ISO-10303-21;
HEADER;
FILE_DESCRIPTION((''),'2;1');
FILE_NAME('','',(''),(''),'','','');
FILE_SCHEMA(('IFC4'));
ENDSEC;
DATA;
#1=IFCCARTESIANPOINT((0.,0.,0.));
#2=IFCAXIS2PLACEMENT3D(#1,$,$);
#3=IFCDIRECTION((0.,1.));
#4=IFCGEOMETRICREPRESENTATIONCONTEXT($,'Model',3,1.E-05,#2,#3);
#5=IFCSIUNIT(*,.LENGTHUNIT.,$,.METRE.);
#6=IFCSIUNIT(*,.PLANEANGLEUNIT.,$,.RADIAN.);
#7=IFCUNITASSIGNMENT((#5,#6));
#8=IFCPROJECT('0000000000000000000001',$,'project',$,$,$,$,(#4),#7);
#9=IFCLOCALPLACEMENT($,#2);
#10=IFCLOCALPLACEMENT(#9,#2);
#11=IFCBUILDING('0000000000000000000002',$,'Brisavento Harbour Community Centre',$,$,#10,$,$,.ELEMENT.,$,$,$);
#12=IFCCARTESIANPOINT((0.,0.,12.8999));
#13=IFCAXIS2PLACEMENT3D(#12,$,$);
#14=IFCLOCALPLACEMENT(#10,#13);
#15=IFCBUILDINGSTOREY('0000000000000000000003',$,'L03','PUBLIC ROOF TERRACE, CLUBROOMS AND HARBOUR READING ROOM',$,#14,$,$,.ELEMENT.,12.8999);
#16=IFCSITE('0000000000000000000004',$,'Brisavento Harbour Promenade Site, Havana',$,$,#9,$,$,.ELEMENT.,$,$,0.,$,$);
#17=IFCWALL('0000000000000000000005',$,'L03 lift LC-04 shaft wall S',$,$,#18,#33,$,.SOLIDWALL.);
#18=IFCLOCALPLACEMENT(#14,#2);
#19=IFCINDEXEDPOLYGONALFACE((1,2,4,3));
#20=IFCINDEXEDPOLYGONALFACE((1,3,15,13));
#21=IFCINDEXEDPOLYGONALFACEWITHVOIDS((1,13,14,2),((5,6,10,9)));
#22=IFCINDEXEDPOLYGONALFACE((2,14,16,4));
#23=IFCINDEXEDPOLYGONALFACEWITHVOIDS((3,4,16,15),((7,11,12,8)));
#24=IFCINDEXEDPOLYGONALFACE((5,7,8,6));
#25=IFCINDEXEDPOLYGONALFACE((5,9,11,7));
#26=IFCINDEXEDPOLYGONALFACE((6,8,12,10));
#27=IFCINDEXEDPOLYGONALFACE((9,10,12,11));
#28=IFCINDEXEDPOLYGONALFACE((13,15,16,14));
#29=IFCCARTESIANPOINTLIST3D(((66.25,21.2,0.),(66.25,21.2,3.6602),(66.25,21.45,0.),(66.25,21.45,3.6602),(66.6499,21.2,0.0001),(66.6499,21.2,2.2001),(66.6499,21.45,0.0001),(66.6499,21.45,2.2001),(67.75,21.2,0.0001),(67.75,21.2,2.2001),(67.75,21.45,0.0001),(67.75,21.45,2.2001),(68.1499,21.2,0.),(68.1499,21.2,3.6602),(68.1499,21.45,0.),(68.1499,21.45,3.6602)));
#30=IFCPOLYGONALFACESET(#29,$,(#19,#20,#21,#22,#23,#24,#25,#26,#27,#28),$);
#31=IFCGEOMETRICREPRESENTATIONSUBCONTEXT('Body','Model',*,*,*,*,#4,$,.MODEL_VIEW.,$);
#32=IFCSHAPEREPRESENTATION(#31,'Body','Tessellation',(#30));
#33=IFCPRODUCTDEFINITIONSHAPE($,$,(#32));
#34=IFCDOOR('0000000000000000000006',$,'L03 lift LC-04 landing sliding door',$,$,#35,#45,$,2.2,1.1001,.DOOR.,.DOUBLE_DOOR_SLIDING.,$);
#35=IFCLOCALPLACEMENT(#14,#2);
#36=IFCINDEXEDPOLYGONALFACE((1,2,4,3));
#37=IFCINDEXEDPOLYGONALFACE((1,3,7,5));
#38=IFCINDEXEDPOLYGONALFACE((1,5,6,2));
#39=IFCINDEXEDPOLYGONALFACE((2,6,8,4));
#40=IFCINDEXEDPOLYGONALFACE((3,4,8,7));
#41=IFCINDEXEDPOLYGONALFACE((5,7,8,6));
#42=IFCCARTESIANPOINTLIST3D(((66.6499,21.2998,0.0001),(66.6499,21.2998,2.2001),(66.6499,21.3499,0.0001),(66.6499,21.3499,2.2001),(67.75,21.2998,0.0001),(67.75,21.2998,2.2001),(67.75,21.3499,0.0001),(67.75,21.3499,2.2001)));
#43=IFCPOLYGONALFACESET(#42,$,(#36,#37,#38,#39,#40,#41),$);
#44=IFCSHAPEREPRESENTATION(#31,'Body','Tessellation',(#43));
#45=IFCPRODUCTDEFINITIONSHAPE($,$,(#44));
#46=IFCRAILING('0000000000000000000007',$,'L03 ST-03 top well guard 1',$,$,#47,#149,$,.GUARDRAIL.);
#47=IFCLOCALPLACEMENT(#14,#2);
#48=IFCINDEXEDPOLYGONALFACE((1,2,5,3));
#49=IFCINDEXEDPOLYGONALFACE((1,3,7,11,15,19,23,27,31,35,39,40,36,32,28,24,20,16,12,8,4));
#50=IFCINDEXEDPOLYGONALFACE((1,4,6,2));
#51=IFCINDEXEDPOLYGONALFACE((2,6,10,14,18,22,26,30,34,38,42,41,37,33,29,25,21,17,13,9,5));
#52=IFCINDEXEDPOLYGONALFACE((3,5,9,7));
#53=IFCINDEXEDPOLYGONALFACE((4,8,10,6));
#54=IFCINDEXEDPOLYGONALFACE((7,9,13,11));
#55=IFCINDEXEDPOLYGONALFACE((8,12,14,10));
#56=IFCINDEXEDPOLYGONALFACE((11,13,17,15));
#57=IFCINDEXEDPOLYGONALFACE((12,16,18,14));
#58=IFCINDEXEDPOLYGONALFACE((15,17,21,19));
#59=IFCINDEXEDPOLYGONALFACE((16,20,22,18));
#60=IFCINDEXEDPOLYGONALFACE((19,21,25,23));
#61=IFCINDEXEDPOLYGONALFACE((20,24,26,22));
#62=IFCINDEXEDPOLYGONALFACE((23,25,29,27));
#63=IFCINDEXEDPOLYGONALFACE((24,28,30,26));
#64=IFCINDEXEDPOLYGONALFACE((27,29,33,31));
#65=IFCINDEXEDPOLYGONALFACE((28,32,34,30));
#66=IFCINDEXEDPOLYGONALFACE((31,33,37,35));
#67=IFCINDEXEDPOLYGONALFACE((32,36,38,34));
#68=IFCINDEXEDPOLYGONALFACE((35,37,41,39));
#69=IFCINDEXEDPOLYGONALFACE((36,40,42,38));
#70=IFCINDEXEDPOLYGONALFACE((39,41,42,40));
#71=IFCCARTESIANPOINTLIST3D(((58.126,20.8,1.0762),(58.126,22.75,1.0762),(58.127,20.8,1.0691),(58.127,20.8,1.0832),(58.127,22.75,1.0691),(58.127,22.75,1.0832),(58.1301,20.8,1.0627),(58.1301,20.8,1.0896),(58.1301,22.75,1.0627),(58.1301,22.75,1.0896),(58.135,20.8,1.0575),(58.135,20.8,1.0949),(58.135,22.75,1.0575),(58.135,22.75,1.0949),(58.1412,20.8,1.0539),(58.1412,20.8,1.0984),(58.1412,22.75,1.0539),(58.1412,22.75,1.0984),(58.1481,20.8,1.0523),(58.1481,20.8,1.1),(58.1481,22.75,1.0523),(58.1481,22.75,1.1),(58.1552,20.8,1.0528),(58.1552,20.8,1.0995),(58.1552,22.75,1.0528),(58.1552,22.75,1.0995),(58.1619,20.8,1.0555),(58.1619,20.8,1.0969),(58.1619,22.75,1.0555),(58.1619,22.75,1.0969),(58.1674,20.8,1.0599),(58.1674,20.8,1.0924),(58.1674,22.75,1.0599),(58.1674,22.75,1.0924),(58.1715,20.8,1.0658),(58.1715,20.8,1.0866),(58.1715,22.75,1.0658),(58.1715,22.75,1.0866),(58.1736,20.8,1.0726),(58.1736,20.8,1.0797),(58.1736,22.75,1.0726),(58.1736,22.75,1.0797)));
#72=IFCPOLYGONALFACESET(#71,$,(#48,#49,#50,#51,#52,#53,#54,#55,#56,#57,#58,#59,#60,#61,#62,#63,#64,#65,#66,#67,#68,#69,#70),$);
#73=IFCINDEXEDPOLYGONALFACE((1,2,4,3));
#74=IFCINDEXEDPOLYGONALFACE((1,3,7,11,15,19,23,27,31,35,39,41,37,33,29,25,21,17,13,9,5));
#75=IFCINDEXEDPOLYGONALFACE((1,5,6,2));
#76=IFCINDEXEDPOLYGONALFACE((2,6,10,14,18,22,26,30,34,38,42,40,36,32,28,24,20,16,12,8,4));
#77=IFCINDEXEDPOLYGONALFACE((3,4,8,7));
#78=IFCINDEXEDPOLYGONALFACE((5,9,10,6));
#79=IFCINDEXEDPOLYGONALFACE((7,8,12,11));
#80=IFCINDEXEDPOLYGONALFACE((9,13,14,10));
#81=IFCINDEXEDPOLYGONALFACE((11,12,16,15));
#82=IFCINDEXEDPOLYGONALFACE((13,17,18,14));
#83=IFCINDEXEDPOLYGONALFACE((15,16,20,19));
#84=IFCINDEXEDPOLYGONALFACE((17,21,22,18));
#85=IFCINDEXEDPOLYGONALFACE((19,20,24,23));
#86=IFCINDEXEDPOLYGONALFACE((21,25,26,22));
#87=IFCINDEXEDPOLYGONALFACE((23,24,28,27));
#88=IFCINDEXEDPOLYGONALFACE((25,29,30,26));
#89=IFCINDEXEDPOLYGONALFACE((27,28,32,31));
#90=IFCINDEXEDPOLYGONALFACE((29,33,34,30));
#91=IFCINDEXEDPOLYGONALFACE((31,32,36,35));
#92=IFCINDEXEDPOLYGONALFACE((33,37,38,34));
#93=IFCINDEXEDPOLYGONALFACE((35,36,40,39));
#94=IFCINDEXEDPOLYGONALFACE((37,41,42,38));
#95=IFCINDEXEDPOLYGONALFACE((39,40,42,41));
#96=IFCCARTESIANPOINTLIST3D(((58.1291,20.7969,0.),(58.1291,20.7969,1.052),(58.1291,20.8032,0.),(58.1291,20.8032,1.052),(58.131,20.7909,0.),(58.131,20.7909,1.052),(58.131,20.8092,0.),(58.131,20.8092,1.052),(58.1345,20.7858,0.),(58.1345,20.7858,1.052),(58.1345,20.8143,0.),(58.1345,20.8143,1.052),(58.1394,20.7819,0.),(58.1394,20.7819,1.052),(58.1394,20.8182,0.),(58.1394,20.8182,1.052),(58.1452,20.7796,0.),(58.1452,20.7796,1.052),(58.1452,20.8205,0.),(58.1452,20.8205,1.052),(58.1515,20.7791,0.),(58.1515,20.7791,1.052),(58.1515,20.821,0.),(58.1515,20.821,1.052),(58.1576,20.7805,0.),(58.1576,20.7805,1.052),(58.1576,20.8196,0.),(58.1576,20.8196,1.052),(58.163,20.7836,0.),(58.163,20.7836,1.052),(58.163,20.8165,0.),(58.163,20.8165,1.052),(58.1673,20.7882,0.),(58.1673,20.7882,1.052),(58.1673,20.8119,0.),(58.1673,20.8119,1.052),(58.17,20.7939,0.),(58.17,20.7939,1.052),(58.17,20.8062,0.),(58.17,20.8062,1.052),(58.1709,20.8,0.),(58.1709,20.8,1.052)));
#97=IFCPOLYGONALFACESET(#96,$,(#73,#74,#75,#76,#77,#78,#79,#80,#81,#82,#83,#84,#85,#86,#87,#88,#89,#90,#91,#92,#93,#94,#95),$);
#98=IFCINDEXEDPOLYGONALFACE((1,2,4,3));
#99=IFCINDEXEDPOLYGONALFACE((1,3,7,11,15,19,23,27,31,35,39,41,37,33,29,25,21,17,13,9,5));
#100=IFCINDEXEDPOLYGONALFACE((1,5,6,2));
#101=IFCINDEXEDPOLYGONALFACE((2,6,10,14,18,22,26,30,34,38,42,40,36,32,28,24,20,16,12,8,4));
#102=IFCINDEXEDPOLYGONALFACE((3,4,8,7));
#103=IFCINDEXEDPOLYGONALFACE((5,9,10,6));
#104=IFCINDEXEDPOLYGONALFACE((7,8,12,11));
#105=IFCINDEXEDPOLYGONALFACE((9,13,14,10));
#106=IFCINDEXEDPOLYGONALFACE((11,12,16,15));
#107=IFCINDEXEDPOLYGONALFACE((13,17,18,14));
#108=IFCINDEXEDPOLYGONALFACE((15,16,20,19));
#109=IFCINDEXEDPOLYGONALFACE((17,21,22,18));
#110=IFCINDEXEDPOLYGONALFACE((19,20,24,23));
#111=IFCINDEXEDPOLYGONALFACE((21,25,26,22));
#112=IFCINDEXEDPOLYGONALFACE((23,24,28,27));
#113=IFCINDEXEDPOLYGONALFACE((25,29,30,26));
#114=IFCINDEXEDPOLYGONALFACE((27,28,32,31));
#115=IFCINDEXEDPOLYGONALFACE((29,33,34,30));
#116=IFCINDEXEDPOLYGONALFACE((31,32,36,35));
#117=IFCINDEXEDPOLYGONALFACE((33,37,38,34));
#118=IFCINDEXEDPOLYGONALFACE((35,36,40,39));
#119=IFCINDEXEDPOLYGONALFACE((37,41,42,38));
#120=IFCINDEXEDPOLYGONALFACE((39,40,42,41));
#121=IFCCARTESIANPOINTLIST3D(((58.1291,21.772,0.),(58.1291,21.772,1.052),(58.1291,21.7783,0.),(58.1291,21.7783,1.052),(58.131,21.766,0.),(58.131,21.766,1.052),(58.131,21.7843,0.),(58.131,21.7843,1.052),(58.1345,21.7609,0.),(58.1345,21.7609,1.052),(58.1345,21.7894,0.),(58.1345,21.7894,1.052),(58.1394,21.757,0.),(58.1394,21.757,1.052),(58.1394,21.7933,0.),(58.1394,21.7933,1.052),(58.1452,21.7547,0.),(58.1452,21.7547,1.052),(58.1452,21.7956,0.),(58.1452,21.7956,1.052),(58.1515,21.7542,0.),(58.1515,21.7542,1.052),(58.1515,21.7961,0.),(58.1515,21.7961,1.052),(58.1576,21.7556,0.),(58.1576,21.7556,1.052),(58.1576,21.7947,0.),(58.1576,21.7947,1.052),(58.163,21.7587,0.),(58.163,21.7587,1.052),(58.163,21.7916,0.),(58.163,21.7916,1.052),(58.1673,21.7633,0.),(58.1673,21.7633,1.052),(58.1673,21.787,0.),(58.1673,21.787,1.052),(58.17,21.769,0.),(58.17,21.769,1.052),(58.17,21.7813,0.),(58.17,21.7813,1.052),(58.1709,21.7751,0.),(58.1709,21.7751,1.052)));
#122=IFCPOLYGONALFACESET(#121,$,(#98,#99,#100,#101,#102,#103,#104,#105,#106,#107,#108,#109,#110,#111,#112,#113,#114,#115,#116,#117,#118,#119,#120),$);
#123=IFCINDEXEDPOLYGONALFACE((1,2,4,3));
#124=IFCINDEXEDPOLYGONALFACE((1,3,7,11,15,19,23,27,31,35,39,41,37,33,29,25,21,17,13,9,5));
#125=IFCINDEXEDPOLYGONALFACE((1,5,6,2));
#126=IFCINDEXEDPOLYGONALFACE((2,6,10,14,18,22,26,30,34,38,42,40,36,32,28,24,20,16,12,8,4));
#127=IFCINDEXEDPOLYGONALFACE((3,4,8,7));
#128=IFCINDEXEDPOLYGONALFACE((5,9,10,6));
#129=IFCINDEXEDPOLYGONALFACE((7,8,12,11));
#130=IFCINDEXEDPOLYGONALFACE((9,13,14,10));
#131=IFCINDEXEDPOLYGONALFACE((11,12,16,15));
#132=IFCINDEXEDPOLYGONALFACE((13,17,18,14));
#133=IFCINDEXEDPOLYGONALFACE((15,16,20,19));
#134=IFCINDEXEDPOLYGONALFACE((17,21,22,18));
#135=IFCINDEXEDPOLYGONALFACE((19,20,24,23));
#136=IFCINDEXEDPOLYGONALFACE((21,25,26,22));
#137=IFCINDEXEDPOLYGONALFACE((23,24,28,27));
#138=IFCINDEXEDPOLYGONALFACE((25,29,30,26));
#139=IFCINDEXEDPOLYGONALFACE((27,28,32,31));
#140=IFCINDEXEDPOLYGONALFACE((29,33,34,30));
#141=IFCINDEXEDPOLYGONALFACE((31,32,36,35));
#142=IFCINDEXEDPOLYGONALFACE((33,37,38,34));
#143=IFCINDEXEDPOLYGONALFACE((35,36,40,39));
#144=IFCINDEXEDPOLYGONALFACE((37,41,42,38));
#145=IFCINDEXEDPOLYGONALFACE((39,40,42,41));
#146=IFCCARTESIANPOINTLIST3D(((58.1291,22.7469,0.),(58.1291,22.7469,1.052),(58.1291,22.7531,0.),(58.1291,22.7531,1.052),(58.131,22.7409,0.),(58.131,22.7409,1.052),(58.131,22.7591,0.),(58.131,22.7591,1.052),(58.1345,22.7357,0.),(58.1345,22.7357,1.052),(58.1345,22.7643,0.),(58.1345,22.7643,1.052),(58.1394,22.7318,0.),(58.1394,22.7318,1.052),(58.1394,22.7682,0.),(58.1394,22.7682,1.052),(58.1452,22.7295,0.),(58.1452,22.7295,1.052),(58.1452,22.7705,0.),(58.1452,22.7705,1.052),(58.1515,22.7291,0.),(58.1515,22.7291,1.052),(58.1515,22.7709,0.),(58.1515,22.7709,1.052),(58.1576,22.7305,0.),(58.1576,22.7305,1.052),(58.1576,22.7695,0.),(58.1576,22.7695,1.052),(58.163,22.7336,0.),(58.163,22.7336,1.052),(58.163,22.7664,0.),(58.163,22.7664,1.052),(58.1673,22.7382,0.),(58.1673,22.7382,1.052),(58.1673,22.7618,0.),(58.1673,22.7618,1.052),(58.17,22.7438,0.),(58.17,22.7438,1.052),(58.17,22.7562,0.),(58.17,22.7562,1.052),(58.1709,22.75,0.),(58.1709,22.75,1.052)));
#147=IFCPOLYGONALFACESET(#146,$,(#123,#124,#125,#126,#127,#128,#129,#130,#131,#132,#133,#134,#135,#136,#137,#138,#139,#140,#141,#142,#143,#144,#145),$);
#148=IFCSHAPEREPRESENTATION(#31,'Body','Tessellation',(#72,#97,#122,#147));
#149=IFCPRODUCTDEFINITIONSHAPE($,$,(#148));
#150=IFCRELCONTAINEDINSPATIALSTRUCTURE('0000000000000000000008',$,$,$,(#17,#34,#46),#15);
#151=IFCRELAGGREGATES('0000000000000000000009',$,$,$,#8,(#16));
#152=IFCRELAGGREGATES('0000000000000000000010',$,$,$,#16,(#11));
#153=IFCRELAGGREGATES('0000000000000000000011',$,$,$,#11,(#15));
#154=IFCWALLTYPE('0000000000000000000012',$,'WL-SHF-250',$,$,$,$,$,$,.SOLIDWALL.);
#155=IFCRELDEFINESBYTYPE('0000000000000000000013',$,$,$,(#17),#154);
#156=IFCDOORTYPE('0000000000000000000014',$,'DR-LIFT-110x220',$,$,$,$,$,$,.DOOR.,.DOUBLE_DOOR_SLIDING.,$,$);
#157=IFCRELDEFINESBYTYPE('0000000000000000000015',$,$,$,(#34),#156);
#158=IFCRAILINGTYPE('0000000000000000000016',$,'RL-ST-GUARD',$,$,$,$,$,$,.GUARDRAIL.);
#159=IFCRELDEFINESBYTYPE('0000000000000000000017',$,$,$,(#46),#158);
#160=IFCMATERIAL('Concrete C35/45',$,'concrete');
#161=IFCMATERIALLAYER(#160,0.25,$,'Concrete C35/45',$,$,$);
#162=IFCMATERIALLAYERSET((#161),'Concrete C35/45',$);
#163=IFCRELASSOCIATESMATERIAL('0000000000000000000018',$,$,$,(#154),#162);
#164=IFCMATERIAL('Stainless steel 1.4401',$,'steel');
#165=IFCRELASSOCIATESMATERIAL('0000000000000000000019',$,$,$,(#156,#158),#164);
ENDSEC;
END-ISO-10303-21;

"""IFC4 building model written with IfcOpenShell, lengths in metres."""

from ifc_helpers import new_model, si_unit, direction, frame, frame_2d, origin, origin_2d, place, context, subcontext, project, spatial, rectangle, circle, extrude, material, layer, layer_set, type_object, element, fill, save


model = new_model("IFC4")

# Units and contexts
model_context = context("Model", 3, precision=1e-05, world=origin(), true_north=direction((0.0, 1.0)))
body_context = subcontext(model_context, "Body", "Model", "MODEL_VIEW")
ifc_project = project(units=[si_unit("LENGTHUNIT", "METRE"), si_unit("PLANEANGLEUNIT", "RADIAN")], contexts=[model_context])

# Site, building, storey
site_placement = place(None, origin())
site = spatial("IfcSite", under=ifc_project, at=site_placement, Name="Brisavento Harbour Promenade Site, Havana", CompositionType="ELEMENT", RefElevation=0.0)
building_placement = place(site_placement, origin())
building = spatial("IfcBuilding", under=site, at=building_placement, Name="Brisavento Harbour Community Centre", CompositionType="ELEMENT")
storey_placement = place(building_placement, frame((0.0, 0.0, 12.8999)))
storey = spatial("IfcBuildingStorey", under=building, at=storey_placement, Name="L03", Description="PUBLIC ROOF TERRACE, CLUBROOMS AND HARBOUR READING ROOM", CompositionType="ELEMENT", Elevation=12.8999)

# Shared definitions
ifc_material_1 = material(Name="Concrete C35/45", Category="concrete")

# Shared definitions
ifc_layer_1 = layer(ifc_material_1, 0.25, Name="Concrete C35/45")
ifc_layer_set_1 = layer_set([ifc_layer_1], Name="Concrete C35/45")
wall_type_1 = type_object("IfcWallType", Name="WL-SHF-250", PredefinedType="SOLIDWALL", material=ifc_layer_set_1)

# Wall, opening, door
wall_1_placement = place(storey_placement, frame((66.25, 21.325, 0.0), z_axis=(0.0, 0.0, 1.0), x_axis=(1.0, 0.0, 0.0)))
wall_1 = element("IfcWall", 1, at=wall_1_placement, inside=storey, type_object=wall_type_1, Name="L03 lift LC-04 shaft wall S", PredefinedType="SOLIDWALL", context=body_context, shape_type="SweptSolid", body=[
    extrude(rectangle(XDim=1.8999, YDim=0.25, at=frame_2d((0.95, 0.0))), origin(), (0.0, 0.0, 1.0), 3.6602),
])
opening_placement = place(wall_1_placement, frame((0.3999, 0.0, 0.0)))
opening = element("IfcOpeningElement", 2, at=opening_placement, cuts=wall_1, PredefinedType="OPENING", context=body_context, shape_type="SweptSolid", body=[
    extrude(rectangle(XDim=1.1001, YDim=2.2, at=frame_2d((0.55, 1.1001))), frame((0.0, 0.135, 0.0), z_axis=(0.0, -1.0, 0.0), x_axis=(1.0, 0.0, 0.0)), (0.0, 0.0, 1.0), 0.27),
])
ifc_material_2 = material(Name="Stainless steel 1.4401", Category="steel")
door_type = type_object("IfcDoorType", Name="DR-LIFT-110x220", OperationType="DOUBLE_DOOR_SLIDING", PredefinedType="DOOR", material=ifc_material_2)
door_placement = place(opening_placement, origin())
door = element("IfcDoor", 3, at=door_placement, inside=storey, type_object=door_type, Name="L03 lift LC-04 landing sliding door", OperationType="DOUBLE_DOOR_SLIDING", OverallHeight=2.2, OverallWidth=1.1001, PredefinedType="DOOR", context=body_context, shape_type="SweptSolid", body=[
    extrude(rectangle(XDim=1.1001, YDim=2.2, at=frame_2d((0.55, 1.1001))), frame((0.0, 0.0249, 0.0), z_axis=(0.0, -1.0, 0.0), x_axis=(1.0, 0.0, 0.0)), (0.0, 0.0, 1.0), 0.05),
])
fill(opening, door)

# Railing
railing_type_1 = type_object("IfcRailingType", Name="RL-ST-GUARD", PredefinedType="GUARDRAIL", material=ifc_material_2)
railing_1_placement = place(storey_placement, frame((58.1499, 20.8, 0.0)))
element("IfcRailing", 4, at=railing_1_placement, inside=storey, type_object=railing_type_1, Name="L03 ST-03 top well guard 1", PredefinedType="GUARDRAIL", context=body_context, shape_type="SweptSolid", body=[
    extrude(circle(Radius=0.0239, at=origin_2d()), frame((0.0, 0.0, 1.0762), z_axis=(0.0, 1.0, 0.0), x_axis=(-1.0, 0.0, 0.0)), (0.0, 0.0, 1.0), 1.95),
    extrude(circle(Radius=0.021, at=origin_2d()), origin(), (0.0, 0.0, 1.0), 1.052),
    extrude(circle(Radius=0.021, at=origin_2d()), frame((0.0, 0.9751, 0.0)), (0.0, 0.0, 1.0), 1.052),
    extrude(circle(Radius=0.021, at=origin_2d()), frame((0.0, 1.95, 0.0)), (0.0, 0.0, 1.0), 1.052),
])

save(model, "model.ifc")
